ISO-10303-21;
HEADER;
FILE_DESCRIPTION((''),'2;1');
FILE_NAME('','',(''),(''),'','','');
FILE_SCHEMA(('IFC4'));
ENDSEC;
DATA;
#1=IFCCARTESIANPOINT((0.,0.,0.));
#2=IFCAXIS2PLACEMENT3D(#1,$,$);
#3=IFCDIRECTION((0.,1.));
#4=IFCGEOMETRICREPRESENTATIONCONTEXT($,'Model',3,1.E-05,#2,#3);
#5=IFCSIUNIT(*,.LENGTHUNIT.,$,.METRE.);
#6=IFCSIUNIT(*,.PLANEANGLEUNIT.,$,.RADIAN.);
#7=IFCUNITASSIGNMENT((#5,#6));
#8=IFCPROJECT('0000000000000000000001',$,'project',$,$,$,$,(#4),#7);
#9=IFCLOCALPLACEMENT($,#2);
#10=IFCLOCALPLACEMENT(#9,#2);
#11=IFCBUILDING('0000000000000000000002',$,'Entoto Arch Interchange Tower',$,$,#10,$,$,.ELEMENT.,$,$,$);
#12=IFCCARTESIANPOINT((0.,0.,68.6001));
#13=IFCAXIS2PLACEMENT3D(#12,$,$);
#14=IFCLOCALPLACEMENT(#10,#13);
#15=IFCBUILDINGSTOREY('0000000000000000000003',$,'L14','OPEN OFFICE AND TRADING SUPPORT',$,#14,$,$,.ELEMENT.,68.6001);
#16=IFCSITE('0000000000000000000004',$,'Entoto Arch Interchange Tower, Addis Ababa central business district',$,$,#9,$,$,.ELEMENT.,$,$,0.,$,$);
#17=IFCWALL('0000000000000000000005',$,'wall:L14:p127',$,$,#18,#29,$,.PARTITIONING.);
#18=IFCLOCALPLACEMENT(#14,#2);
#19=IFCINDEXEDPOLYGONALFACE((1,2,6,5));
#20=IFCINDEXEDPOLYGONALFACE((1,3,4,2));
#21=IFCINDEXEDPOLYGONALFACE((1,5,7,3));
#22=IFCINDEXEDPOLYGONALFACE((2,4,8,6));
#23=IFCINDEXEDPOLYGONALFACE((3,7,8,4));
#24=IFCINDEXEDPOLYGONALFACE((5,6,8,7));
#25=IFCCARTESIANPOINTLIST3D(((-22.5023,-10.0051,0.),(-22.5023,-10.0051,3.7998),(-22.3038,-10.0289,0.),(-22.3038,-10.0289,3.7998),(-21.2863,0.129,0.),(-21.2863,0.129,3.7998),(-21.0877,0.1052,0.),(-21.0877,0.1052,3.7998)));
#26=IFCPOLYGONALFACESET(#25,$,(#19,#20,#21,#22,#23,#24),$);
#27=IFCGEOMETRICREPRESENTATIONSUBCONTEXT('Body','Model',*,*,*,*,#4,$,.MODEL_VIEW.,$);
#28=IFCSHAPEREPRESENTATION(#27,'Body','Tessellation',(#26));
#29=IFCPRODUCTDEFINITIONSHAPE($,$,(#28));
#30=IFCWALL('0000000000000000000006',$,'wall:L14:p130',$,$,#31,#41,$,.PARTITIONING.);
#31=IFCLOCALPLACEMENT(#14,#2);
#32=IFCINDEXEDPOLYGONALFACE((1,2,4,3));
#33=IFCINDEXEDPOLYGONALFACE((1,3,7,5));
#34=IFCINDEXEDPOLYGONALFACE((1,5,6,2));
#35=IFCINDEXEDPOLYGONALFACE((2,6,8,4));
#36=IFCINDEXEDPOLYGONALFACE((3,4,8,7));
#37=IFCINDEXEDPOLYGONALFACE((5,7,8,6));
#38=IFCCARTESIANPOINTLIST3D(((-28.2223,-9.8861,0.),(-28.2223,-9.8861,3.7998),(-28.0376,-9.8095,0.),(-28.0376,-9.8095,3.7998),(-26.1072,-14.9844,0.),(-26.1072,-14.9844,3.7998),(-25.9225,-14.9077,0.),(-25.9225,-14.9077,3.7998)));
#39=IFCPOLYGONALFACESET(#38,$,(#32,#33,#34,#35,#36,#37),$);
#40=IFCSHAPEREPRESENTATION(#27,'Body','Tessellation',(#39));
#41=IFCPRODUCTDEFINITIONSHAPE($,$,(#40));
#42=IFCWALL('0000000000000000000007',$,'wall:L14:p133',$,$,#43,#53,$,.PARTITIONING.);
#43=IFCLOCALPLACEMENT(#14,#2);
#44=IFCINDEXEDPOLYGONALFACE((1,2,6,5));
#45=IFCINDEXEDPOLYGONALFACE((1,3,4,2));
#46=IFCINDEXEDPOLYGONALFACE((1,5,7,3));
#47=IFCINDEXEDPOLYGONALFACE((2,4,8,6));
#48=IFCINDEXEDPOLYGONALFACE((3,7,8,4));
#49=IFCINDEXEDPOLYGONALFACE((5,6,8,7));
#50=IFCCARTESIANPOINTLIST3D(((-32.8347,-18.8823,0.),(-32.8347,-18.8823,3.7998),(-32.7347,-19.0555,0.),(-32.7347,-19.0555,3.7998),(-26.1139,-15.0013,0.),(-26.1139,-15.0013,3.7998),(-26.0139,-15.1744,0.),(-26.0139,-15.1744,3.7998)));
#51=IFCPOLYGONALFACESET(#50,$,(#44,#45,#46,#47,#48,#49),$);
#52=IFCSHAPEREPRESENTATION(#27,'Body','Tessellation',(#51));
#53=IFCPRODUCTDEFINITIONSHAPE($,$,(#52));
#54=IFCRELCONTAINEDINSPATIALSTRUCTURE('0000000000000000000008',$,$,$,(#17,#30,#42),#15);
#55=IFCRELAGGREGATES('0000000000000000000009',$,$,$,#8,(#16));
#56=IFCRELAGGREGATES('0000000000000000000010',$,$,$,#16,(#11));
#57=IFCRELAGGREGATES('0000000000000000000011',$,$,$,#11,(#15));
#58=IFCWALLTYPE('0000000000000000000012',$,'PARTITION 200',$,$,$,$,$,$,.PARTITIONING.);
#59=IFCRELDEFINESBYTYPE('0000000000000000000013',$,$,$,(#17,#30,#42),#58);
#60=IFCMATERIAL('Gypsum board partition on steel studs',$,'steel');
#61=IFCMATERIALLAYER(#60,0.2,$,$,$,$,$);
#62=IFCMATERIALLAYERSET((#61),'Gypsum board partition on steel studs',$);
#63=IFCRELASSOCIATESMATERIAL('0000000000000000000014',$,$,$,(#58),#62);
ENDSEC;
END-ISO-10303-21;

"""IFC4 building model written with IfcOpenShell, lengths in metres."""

from ifc_helpers import new_model, si_unit, direction, frame, frame_2d, origin, place, context, subcontext, project, spatial, rectangle, extrude, material, layer, layer_set, type_object, element, save


model = new_model("IFC4")

# Units and contexts
model_context = context("Model", 3, precision=1e-05, world=origin(), true_north=direction((0.0, 1.0)))
body_context = subcontext(model_context, "Body", "Model", "MODEL_VIEW")
ifc_project = project(units=[si_unit("LENGTHUNIT", "METRE"), si_unit("PLANEANGLEUNIT", "RADIAN")], contexts=[model_context])

# Site, building, storey
site_placement = place(None, origin())
site = spatial("IfcSite", under=ifc_project, at=site_placement, Name="Entoto Arch Interchange Tower, Addis Ababa central business district", CompositionType="ELEMENT", RefElevation=0.0)
building_placement = place(site_placement, origin())
building = spatial("IfcBuilding", under=site, at=building_placement, Name="Entoto Arch Interchange Tower", CompositionType="ELEMENT")
storey_placement = place(building_placement, frame((0.0, 0.0, 68.6001)))
storey = spatial("IfcBuildingStorey", under=building, at=storey_placement, Name="L14", Description="OPEN OFFICE AND TRADING SUPPORT", CompositionType="ELEMENT", Elevation=68.6001)

# Shared definitions
ifc_material_1 = material(Name="Gypsum board partition on steel studs", Category="steel")
ifc_layer_1 = layer(ifc_material_1, 0.2)
ifc_layer_set_1 = layer_set([ifc_layer_1], Name="Gypsum board partition on steel studs")
wall_type_1 = type_object("IfcWallType", Name="PARTITION 200", PredefinedType="PARTITIONING", material=ifc_layer_set_1)

# Walls
wall_1_placement = place(storey_placement, frame((-22.4031, -10.0171, 0.0), z_axis=(0.0, 0.0, 1.0), x_axis=(0.119143, 0.992877, 0.0)))
element("IfcWall", 1, at=wall_1_placement, inside=storey, type_object=wall_type_1, Name="wall:L14:p127", PredefinedType="PARTITIONING", context=body_context, shape_type="SweptSolid", body=[
    extrude(rectangle(XDim=10.2068, YDim=0.2, at=frame_2d((5.1035, 0.0))), origin(), (0.0, 0.0, 1.0), 3.7998),
])
wall_2_placement = place(storey_placement, frame((-26.0149, -14.946, 0.0), z_axis=(0.0, 0.0, 1.0), x_axis=(-0.383189, 0.92367, 0.0)))
element("IfcWall", 2, at=wall_2_placement, inside=storey, type_object=wall_type_1, Name="wall:L14:p130", PredefinedType="PARTITIONING", context=body_context, shape_type="SweptSolid", body=[
    extrude(rectangle(XDim=5.5195, YDim=0.2, at=frame_2d((2.7598, 0.0))), origin(), (0.0, 0.0, 1.0), 3.7998),
])
wall_3_placement = place(storey_placement, frame((-26.064, -15.0879, 0.0), z_axis=(0.0, 0.0, 1.0), x_axis=(-0.865983, -0.500074, 0.0)))
element("IfcWall", 3, at=wall_3_placement, inside=storey, type_object=wall_type_1, Name="wall:L14:p133", PredefinedType="PARTITIONING", context=body_context, shape_type="SweptSolid", body=[
    extrude(rectangle(XDim=7.761, YDim=0.2, at=frame_2d((3.8804, 0.0))), origin(), (0.0, 0.0, 1.0), 3.7998),
])

save(model, "model.ifc")
